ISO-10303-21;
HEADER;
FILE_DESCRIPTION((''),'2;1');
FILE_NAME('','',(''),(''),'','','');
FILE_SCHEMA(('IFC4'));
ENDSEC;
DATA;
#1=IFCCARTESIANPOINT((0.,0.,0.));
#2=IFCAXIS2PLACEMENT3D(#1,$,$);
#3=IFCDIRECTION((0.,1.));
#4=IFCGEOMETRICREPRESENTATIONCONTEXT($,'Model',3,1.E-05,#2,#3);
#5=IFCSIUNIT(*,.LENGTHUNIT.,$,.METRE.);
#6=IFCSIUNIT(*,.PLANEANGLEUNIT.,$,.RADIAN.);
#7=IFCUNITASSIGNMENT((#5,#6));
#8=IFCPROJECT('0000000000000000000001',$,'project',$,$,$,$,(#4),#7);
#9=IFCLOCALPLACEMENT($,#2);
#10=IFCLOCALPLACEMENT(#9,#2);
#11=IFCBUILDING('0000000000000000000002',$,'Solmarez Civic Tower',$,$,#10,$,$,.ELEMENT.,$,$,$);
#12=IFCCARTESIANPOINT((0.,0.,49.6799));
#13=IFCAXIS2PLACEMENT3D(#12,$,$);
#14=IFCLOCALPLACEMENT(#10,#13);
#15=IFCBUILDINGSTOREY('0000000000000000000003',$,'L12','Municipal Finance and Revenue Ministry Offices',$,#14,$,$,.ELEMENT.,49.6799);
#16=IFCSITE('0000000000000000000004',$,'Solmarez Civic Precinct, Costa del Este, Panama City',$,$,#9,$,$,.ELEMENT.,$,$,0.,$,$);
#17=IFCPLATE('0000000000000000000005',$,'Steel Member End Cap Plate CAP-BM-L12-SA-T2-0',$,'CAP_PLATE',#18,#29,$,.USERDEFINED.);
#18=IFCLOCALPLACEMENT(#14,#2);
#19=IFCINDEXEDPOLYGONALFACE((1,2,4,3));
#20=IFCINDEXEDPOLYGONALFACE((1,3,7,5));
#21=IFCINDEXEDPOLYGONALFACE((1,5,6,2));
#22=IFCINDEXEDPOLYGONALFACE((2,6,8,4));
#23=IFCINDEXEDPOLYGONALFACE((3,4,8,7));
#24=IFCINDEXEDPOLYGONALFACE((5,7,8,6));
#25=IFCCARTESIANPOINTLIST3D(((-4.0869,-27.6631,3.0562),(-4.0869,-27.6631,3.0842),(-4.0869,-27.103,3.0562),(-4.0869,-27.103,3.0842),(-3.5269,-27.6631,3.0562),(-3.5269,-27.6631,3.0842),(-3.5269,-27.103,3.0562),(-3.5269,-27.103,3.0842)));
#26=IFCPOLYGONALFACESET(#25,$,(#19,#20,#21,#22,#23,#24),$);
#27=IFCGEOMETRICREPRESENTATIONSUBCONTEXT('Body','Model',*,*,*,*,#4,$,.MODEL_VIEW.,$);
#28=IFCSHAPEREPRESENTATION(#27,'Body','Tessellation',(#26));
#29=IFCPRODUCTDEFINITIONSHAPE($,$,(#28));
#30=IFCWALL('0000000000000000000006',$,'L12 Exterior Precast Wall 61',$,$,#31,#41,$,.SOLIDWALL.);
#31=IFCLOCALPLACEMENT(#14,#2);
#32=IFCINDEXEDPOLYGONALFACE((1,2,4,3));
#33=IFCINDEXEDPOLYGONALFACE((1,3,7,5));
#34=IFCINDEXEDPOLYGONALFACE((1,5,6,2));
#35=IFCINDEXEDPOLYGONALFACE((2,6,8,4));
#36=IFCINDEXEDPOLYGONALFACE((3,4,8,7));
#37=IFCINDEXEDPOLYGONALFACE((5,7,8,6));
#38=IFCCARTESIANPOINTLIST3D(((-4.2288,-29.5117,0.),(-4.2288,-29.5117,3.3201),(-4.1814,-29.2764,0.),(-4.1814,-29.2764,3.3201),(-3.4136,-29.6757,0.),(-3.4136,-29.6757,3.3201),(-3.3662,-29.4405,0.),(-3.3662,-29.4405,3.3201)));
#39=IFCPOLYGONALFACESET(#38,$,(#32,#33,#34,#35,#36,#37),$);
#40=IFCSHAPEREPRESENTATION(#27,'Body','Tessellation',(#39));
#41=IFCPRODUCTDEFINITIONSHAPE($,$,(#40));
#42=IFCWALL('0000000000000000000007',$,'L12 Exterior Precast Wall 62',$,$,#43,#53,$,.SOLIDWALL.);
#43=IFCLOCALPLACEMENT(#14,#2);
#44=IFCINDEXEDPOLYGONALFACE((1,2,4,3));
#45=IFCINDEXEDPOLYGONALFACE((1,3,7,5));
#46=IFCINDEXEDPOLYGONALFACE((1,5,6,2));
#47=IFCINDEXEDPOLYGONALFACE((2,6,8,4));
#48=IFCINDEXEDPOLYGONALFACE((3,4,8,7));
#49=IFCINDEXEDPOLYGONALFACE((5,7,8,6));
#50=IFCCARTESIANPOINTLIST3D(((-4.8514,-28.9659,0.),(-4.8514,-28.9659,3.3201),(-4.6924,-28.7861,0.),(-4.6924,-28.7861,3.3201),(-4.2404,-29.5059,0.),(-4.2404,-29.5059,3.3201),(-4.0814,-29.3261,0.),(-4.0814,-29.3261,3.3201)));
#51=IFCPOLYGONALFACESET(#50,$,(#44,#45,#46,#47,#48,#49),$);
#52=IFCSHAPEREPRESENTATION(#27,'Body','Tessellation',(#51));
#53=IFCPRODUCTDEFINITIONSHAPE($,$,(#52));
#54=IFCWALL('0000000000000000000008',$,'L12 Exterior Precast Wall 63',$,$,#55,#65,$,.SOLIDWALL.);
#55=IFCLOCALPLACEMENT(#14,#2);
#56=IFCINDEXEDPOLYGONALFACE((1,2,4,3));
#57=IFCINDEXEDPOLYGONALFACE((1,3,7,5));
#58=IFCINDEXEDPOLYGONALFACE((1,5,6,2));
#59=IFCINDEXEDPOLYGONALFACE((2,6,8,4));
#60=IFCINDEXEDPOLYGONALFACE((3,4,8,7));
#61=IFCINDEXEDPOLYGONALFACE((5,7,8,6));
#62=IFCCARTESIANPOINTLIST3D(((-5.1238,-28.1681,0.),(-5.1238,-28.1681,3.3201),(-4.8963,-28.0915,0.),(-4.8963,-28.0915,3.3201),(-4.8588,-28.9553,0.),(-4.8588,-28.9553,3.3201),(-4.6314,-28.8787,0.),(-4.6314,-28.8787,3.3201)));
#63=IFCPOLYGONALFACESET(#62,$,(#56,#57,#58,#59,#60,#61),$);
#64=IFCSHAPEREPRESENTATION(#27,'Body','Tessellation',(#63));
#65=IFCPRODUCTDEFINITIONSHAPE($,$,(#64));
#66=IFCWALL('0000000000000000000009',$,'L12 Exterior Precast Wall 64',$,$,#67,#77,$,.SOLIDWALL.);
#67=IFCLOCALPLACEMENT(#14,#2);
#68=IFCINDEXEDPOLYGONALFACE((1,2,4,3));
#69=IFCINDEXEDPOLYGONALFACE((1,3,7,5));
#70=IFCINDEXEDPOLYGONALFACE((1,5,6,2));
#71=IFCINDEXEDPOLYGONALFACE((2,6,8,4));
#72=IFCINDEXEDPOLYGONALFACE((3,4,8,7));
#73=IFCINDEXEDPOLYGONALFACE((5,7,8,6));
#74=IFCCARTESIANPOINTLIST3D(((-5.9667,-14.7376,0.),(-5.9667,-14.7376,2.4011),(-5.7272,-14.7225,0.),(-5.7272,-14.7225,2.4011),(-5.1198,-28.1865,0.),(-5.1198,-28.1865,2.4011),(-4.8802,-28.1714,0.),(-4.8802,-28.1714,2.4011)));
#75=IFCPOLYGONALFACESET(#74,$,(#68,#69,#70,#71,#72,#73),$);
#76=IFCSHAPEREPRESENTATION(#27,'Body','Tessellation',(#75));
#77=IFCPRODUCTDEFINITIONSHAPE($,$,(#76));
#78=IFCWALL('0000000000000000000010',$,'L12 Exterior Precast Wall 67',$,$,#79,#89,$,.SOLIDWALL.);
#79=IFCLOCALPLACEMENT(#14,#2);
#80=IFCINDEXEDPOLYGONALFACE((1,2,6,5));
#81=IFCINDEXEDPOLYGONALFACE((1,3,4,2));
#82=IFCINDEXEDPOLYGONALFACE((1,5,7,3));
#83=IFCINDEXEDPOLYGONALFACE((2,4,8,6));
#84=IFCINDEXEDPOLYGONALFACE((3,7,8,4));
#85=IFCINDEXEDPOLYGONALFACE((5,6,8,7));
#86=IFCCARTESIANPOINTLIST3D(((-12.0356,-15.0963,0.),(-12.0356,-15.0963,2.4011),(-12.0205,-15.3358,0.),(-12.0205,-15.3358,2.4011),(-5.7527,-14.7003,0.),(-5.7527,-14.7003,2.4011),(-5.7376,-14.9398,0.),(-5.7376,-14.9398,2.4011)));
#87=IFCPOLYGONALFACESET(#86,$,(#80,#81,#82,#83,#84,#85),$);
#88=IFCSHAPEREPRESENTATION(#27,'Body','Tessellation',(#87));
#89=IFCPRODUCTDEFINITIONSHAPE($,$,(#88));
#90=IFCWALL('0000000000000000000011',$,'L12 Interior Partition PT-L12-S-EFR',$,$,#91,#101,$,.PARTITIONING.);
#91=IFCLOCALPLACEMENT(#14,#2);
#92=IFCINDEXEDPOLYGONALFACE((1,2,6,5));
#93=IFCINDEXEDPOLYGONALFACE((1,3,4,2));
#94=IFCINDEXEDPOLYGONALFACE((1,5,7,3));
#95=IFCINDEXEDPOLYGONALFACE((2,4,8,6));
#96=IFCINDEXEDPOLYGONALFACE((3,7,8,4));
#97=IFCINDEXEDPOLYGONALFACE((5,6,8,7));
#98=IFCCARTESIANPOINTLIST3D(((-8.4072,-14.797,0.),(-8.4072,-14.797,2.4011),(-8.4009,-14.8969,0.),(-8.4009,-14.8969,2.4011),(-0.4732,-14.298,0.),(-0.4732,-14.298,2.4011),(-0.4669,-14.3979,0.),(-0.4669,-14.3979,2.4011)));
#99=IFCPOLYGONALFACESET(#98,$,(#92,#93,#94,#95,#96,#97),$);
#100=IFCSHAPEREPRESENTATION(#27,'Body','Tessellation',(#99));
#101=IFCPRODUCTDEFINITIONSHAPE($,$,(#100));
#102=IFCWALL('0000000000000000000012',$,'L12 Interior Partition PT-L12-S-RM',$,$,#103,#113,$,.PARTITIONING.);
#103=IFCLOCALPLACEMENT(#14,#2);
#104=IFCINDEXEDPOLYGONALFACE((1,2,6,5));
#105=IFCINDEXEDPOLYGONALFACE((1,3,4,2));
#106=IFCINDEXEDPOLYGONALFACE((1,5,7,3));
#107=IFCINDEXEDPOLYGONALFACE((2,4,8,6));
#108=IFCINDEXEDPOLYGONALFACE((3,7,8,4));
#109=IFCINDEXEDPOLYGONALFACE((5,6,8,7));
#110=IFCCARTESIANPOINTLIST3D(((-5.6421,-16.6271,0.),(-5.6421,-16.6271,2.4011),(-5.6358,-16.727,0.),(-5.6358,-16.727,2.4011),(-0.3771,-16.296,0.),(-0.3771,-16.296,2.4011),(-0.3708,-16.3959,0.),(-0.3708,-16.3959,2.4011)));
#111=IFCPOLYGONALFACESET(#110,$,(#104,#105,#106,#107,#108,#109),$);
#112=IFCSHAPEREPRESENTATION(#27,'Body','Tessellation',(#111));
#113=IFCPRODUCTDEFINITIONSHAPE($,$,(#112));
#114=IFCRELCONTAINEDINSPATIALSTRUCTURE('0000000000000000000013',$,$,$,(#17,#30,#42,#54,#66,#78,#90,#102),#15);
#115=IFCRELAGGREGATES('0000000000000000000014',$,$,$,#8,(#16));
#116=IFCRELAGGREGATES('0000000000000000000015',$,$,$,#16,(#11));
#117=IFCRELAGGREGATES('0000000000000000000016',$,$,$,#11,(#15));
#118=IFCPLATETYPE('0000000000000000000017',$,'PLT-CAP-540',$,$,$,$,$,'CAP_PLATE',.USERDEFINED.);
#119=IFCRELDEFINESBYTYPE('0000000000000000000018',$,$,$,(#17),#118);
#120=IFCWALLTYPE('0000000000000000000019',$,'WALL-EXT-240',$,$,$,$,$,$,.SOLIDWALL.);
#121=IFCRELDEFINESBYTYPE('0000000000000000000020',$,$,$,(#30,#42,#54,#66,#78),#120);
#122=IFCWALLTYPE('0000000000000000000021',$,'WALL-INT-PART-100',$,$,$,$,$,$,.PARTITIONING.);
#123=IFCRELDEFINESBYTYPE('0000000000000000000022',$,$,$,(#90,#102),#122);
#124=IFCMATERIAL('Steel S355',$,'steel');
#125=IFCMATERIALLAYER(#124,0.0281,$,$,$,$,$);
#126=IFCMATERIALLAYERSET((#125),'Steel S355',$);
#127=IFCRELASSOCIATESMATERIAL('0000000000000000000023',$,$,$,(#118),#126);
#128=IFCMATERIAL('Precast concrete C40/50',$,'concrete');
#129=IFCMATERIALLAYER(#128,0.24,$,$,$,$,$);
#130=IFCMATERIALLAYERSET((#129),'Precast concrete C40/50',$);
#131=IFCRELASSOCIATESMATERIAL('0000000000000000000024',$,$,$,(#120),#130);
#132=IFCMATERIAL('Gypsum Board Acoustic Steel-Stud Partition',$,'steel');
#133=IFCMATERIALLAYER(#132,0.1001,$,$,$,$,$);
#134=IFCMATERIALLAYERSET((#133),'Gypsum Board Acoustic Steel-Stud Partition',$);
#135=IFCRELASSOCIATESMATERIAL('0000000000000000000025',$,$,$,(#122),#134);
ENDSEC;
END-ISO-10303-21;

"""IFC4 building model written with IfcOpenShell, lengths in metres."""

from ifc_helpers import new_model, si_unit, direction, frame, frame_2d, origin, origin_2d, place, context, subcontext, project, spatial, rectangle, extrude, material, layer, layer_set, type_object, element, save


model = new_model("IFC4")

# Units and contexts
model_context = context("Model", 3, precision=1e-05, world=origin(), true_north=direction((0.0, 1.0)))
body_context = subcontext(model_context, "Body", "Model", "MODEL_VIEW")
ifc_project = project(units=[si_unit("LENGTHUNIT", "METRE"), si_unit("PLANEANGLEUNIT", "RADIAN")], contexts=[model_context])

# Site, building, storey
site_placement = place(None, origin())
site = spatial("IfcSite", under=ifc_project, at=site_placement, Name="Solmarez Civic Precinct, Costa del Este, Panama City", CompositionType="ELEMENT", RefElevation=0.0)
building_placement = place(site_placement, origin())
building = spatial("IfcBuilding", under=site, at=building_placement, Name="Solmarez Civic Tower", CompositionType="ELEMENT")
storey_placement = place(building_placement, frame((0.0, 0.0, 49.6799)))
storey = spatial("IfcBuildingStorey", under=building, at=storey_placement, Name="L12", Description="Municipal Finance and Revenue Ministry Offices", CompositionType="ELEMENT", Elevation=49.6799)

# Shared definitions
ifc_material_1 = material(Name="Steel S355", Category="steel")

# Plate
ifc_layer_1 = layer(ifc_material_1, 0.0281)
ifc_layer_set_1 = layer_set([ifc_layer_1], Name="Steel S355")
plate_type_1 = type_object("IfcPlateType", Name="PLT-CAP-540", ElementType="CAP_PLATE", PredefinedType="USERDEFINED", material=ifc_layer_set_1)
plate_placement = place(storey_placement, frame((-3.8069, -27.3831, 3.0562), z_axis=(0.0, 0.0, 1.0), x_axis=(1.0, 0.0, 0.0)))
element("IfcPlate", 1, at=plate_placement, inside=storey, type_object=plate_type_1, Name="Steel Member End Cap Plate CAP-BM-L12-SA-T2-0", ObjectType="CAP_PLATE", PredefinedType="USERDEFINED", context=body_context, shape_type="SweptSolid", body=[
    extrude(rectangle(XDim=0.5601, YDim=0.5601, at=origin_2d()), origin(), (0.0, 0.0, 1.0), 0.0281),
])

# Walls
ifc_material_2 = material(Name="Precast concrete C40/50", Category="concrete")
ifc_layer_2 = layer(ifc_material_2, 0.24)
ifc_layer_set_2 = layer_set([ifc_layer_2], Name="Precast concrete C40/50")
wall_type_1 = type_object("IfcWallType", Name="WALL-EXT-240", PredefinedType="SOLIDWALL", material=ifc_layer_set_2)
wall_1_placement = place(storey_placement, frame((-3.3899, -29.5581, 0.0), z_axis=(0.0, 0.0, 1.0), x_axis=(-0.980343, 0.197302, 0.0)))
element("IfcWall", 2, at=wall_1_placement, inside=storey, type_object=wall_type_1, Name="L12 Exterior Precast Wall 61", PredefinedType="SOLIDWALL", context=body_context, shape_type="SweptSolid", body=[
    extrude(rectangle(XDim=0.8315, YDim=0.24, at=frame_2d((0.4158, 0.0))), origin(), (0.0, 0.0, 1.0), 3.3201),
])
wall_2_placement = place(storey_placement, frame((-4.1609, -29.416, 0.0), z_axis=(0.0, 0.0, 1.0), x_axis=(-0.749322, 0.662206, 0.0)))
element("IfcWall", 3, at=wall_2_placement, inside=storey, type_object=wall_type_1, Name="L12 Exterior Precast Wall 62", PredefinedType="SOLIDWALL", context=body_context, shape_type="SweptSolid", body=[
    extrude(rectangle(XDim=0.8154, YDim=0.24, at=frame_2d((0.4077, 0.0))), origin(), (0.0, 0.0, 1.0), 3.3201),
])
wall_3_placement = place(storey_placement, frame((-4.7451, -28.917, 0.0), z_axis=(0.0, 0.0, 1.0), x_axis=(-0.31896, 0.947768, 0.0)))
element("IfcWall", 4, at=wall_3_placement, inside=storey, type_object=wall_type_1, Name="L12 Exterior Precast Wall 63", PredefinedType="SOLIDWALL", context=body_context, shape_type="SweptSolid", body=[
    extrude(rectangle(XDim=0.8306, YDim=0.24, at=frame_2d((0.4153, 0.0))), origin(), (0.0, 0.0, 1.0), 3.3201),
])
wall_4_placement = place(storey_placement, frame((-5.0, -28.179, 0.0), z_axis=(0.0, 0.0, 1.0), x_axis=(-0.062849, 0.998023, 0.0)))
element("IfcWall", 5, at=wall_4_placement, inside=storey, type_object=wall_type_1, Name="L12 Exterior Precast Wall 64", PredefinedType="SOLIDWALL", context=body_context, shape_type="SweptSolid", body=[
    extrude(rectangle(XDim=13.4756, YDim=0.24, at=frame_2d((6.7378, 0.0))), origin(), (0.0, 0.0, 1.0), 2.4011),
])
wall_5_placement = place(storey_placement, frame((-5.7451, -14.8201, 0.0), z_axis=(0.0, 0.0, 1.0), x_axis=(-0.99802, -0.062902, 0.0)))
element("IfcWall", 6, at=wall_5_placement, inside=storey, type_object=wall_type_1, Name="L12 Exterior Precast Wall 67", PredefinedType="SOLIDWALL", context=body_context, shape_type="SweptSolid", body=[
    extrude(rectangle(XDim=6.2954, YDim=0.24, at=frame_2d((3.1477, 0.0))), origin(), (0.0, 0.0, 1.0), 2.4011),
])
ifc_material_3 = material(Name="Gypsum Board Acoustic Steel-Stud Partition", Category="steel")
ifc_layer_3 = layer(ifc_material_3, 0.1001)
ifc_layer_set_3 = layer_set([ifc_layer_3], Name="Gypsum Board Acoustic Steel-Stud Partition")
wall_type_2 = type_object("IfcWallType", Name="WALL-INT-PART-100", PredefinedType="PARTITIONING", material=ifc_layer_set_3)
wall_6_placement = place(storey_placement, frame((-8.4041, -14.8469, 0.0), z_axis=(0.0, 0.0, 1.0), x_axis=(0.998028, 0.062772, 0.0)))
element("IfcWall", 7, at=wall_6_placement, inside=storey, type_object=wall_type_2, Name="L12 Interior Partition PT-L12-S-EFR", PredefinedType="PARTITIONING", context=body_context, shape_type="SweptSolid", body=[
    extrude(rectangle(XDim=7.9497, YDim=0.1001, at=frame_2d((3.9749, 0.0))), origin(), (0.0, 0.0, 1.0), 2.4011),
])
wall_7_placement = place(storey_placement, frame((-5.6389, -16.677, 0.0), z_axis=(0.0, 0.0, 1.0), x_axis=(0.998029, 0.062756, 0.0)))
element("IfcWall", 8, at=wall_7_placement, inside=storey, type_object=wall_type_2, Name="L12 Interior Partition PT-L12-S-RM", PredefinedType="PARTITIONING", context=body_context, shape_type="SweptSolid", body=[
    extrude(rectangle(XDim=5.2754, YDim=0.1001, at=frame_2d((2.6377, 0.0))), origin(), (0.0, 0.0, 1.0), 2.4011),
])

save(model, "model.ifc")
